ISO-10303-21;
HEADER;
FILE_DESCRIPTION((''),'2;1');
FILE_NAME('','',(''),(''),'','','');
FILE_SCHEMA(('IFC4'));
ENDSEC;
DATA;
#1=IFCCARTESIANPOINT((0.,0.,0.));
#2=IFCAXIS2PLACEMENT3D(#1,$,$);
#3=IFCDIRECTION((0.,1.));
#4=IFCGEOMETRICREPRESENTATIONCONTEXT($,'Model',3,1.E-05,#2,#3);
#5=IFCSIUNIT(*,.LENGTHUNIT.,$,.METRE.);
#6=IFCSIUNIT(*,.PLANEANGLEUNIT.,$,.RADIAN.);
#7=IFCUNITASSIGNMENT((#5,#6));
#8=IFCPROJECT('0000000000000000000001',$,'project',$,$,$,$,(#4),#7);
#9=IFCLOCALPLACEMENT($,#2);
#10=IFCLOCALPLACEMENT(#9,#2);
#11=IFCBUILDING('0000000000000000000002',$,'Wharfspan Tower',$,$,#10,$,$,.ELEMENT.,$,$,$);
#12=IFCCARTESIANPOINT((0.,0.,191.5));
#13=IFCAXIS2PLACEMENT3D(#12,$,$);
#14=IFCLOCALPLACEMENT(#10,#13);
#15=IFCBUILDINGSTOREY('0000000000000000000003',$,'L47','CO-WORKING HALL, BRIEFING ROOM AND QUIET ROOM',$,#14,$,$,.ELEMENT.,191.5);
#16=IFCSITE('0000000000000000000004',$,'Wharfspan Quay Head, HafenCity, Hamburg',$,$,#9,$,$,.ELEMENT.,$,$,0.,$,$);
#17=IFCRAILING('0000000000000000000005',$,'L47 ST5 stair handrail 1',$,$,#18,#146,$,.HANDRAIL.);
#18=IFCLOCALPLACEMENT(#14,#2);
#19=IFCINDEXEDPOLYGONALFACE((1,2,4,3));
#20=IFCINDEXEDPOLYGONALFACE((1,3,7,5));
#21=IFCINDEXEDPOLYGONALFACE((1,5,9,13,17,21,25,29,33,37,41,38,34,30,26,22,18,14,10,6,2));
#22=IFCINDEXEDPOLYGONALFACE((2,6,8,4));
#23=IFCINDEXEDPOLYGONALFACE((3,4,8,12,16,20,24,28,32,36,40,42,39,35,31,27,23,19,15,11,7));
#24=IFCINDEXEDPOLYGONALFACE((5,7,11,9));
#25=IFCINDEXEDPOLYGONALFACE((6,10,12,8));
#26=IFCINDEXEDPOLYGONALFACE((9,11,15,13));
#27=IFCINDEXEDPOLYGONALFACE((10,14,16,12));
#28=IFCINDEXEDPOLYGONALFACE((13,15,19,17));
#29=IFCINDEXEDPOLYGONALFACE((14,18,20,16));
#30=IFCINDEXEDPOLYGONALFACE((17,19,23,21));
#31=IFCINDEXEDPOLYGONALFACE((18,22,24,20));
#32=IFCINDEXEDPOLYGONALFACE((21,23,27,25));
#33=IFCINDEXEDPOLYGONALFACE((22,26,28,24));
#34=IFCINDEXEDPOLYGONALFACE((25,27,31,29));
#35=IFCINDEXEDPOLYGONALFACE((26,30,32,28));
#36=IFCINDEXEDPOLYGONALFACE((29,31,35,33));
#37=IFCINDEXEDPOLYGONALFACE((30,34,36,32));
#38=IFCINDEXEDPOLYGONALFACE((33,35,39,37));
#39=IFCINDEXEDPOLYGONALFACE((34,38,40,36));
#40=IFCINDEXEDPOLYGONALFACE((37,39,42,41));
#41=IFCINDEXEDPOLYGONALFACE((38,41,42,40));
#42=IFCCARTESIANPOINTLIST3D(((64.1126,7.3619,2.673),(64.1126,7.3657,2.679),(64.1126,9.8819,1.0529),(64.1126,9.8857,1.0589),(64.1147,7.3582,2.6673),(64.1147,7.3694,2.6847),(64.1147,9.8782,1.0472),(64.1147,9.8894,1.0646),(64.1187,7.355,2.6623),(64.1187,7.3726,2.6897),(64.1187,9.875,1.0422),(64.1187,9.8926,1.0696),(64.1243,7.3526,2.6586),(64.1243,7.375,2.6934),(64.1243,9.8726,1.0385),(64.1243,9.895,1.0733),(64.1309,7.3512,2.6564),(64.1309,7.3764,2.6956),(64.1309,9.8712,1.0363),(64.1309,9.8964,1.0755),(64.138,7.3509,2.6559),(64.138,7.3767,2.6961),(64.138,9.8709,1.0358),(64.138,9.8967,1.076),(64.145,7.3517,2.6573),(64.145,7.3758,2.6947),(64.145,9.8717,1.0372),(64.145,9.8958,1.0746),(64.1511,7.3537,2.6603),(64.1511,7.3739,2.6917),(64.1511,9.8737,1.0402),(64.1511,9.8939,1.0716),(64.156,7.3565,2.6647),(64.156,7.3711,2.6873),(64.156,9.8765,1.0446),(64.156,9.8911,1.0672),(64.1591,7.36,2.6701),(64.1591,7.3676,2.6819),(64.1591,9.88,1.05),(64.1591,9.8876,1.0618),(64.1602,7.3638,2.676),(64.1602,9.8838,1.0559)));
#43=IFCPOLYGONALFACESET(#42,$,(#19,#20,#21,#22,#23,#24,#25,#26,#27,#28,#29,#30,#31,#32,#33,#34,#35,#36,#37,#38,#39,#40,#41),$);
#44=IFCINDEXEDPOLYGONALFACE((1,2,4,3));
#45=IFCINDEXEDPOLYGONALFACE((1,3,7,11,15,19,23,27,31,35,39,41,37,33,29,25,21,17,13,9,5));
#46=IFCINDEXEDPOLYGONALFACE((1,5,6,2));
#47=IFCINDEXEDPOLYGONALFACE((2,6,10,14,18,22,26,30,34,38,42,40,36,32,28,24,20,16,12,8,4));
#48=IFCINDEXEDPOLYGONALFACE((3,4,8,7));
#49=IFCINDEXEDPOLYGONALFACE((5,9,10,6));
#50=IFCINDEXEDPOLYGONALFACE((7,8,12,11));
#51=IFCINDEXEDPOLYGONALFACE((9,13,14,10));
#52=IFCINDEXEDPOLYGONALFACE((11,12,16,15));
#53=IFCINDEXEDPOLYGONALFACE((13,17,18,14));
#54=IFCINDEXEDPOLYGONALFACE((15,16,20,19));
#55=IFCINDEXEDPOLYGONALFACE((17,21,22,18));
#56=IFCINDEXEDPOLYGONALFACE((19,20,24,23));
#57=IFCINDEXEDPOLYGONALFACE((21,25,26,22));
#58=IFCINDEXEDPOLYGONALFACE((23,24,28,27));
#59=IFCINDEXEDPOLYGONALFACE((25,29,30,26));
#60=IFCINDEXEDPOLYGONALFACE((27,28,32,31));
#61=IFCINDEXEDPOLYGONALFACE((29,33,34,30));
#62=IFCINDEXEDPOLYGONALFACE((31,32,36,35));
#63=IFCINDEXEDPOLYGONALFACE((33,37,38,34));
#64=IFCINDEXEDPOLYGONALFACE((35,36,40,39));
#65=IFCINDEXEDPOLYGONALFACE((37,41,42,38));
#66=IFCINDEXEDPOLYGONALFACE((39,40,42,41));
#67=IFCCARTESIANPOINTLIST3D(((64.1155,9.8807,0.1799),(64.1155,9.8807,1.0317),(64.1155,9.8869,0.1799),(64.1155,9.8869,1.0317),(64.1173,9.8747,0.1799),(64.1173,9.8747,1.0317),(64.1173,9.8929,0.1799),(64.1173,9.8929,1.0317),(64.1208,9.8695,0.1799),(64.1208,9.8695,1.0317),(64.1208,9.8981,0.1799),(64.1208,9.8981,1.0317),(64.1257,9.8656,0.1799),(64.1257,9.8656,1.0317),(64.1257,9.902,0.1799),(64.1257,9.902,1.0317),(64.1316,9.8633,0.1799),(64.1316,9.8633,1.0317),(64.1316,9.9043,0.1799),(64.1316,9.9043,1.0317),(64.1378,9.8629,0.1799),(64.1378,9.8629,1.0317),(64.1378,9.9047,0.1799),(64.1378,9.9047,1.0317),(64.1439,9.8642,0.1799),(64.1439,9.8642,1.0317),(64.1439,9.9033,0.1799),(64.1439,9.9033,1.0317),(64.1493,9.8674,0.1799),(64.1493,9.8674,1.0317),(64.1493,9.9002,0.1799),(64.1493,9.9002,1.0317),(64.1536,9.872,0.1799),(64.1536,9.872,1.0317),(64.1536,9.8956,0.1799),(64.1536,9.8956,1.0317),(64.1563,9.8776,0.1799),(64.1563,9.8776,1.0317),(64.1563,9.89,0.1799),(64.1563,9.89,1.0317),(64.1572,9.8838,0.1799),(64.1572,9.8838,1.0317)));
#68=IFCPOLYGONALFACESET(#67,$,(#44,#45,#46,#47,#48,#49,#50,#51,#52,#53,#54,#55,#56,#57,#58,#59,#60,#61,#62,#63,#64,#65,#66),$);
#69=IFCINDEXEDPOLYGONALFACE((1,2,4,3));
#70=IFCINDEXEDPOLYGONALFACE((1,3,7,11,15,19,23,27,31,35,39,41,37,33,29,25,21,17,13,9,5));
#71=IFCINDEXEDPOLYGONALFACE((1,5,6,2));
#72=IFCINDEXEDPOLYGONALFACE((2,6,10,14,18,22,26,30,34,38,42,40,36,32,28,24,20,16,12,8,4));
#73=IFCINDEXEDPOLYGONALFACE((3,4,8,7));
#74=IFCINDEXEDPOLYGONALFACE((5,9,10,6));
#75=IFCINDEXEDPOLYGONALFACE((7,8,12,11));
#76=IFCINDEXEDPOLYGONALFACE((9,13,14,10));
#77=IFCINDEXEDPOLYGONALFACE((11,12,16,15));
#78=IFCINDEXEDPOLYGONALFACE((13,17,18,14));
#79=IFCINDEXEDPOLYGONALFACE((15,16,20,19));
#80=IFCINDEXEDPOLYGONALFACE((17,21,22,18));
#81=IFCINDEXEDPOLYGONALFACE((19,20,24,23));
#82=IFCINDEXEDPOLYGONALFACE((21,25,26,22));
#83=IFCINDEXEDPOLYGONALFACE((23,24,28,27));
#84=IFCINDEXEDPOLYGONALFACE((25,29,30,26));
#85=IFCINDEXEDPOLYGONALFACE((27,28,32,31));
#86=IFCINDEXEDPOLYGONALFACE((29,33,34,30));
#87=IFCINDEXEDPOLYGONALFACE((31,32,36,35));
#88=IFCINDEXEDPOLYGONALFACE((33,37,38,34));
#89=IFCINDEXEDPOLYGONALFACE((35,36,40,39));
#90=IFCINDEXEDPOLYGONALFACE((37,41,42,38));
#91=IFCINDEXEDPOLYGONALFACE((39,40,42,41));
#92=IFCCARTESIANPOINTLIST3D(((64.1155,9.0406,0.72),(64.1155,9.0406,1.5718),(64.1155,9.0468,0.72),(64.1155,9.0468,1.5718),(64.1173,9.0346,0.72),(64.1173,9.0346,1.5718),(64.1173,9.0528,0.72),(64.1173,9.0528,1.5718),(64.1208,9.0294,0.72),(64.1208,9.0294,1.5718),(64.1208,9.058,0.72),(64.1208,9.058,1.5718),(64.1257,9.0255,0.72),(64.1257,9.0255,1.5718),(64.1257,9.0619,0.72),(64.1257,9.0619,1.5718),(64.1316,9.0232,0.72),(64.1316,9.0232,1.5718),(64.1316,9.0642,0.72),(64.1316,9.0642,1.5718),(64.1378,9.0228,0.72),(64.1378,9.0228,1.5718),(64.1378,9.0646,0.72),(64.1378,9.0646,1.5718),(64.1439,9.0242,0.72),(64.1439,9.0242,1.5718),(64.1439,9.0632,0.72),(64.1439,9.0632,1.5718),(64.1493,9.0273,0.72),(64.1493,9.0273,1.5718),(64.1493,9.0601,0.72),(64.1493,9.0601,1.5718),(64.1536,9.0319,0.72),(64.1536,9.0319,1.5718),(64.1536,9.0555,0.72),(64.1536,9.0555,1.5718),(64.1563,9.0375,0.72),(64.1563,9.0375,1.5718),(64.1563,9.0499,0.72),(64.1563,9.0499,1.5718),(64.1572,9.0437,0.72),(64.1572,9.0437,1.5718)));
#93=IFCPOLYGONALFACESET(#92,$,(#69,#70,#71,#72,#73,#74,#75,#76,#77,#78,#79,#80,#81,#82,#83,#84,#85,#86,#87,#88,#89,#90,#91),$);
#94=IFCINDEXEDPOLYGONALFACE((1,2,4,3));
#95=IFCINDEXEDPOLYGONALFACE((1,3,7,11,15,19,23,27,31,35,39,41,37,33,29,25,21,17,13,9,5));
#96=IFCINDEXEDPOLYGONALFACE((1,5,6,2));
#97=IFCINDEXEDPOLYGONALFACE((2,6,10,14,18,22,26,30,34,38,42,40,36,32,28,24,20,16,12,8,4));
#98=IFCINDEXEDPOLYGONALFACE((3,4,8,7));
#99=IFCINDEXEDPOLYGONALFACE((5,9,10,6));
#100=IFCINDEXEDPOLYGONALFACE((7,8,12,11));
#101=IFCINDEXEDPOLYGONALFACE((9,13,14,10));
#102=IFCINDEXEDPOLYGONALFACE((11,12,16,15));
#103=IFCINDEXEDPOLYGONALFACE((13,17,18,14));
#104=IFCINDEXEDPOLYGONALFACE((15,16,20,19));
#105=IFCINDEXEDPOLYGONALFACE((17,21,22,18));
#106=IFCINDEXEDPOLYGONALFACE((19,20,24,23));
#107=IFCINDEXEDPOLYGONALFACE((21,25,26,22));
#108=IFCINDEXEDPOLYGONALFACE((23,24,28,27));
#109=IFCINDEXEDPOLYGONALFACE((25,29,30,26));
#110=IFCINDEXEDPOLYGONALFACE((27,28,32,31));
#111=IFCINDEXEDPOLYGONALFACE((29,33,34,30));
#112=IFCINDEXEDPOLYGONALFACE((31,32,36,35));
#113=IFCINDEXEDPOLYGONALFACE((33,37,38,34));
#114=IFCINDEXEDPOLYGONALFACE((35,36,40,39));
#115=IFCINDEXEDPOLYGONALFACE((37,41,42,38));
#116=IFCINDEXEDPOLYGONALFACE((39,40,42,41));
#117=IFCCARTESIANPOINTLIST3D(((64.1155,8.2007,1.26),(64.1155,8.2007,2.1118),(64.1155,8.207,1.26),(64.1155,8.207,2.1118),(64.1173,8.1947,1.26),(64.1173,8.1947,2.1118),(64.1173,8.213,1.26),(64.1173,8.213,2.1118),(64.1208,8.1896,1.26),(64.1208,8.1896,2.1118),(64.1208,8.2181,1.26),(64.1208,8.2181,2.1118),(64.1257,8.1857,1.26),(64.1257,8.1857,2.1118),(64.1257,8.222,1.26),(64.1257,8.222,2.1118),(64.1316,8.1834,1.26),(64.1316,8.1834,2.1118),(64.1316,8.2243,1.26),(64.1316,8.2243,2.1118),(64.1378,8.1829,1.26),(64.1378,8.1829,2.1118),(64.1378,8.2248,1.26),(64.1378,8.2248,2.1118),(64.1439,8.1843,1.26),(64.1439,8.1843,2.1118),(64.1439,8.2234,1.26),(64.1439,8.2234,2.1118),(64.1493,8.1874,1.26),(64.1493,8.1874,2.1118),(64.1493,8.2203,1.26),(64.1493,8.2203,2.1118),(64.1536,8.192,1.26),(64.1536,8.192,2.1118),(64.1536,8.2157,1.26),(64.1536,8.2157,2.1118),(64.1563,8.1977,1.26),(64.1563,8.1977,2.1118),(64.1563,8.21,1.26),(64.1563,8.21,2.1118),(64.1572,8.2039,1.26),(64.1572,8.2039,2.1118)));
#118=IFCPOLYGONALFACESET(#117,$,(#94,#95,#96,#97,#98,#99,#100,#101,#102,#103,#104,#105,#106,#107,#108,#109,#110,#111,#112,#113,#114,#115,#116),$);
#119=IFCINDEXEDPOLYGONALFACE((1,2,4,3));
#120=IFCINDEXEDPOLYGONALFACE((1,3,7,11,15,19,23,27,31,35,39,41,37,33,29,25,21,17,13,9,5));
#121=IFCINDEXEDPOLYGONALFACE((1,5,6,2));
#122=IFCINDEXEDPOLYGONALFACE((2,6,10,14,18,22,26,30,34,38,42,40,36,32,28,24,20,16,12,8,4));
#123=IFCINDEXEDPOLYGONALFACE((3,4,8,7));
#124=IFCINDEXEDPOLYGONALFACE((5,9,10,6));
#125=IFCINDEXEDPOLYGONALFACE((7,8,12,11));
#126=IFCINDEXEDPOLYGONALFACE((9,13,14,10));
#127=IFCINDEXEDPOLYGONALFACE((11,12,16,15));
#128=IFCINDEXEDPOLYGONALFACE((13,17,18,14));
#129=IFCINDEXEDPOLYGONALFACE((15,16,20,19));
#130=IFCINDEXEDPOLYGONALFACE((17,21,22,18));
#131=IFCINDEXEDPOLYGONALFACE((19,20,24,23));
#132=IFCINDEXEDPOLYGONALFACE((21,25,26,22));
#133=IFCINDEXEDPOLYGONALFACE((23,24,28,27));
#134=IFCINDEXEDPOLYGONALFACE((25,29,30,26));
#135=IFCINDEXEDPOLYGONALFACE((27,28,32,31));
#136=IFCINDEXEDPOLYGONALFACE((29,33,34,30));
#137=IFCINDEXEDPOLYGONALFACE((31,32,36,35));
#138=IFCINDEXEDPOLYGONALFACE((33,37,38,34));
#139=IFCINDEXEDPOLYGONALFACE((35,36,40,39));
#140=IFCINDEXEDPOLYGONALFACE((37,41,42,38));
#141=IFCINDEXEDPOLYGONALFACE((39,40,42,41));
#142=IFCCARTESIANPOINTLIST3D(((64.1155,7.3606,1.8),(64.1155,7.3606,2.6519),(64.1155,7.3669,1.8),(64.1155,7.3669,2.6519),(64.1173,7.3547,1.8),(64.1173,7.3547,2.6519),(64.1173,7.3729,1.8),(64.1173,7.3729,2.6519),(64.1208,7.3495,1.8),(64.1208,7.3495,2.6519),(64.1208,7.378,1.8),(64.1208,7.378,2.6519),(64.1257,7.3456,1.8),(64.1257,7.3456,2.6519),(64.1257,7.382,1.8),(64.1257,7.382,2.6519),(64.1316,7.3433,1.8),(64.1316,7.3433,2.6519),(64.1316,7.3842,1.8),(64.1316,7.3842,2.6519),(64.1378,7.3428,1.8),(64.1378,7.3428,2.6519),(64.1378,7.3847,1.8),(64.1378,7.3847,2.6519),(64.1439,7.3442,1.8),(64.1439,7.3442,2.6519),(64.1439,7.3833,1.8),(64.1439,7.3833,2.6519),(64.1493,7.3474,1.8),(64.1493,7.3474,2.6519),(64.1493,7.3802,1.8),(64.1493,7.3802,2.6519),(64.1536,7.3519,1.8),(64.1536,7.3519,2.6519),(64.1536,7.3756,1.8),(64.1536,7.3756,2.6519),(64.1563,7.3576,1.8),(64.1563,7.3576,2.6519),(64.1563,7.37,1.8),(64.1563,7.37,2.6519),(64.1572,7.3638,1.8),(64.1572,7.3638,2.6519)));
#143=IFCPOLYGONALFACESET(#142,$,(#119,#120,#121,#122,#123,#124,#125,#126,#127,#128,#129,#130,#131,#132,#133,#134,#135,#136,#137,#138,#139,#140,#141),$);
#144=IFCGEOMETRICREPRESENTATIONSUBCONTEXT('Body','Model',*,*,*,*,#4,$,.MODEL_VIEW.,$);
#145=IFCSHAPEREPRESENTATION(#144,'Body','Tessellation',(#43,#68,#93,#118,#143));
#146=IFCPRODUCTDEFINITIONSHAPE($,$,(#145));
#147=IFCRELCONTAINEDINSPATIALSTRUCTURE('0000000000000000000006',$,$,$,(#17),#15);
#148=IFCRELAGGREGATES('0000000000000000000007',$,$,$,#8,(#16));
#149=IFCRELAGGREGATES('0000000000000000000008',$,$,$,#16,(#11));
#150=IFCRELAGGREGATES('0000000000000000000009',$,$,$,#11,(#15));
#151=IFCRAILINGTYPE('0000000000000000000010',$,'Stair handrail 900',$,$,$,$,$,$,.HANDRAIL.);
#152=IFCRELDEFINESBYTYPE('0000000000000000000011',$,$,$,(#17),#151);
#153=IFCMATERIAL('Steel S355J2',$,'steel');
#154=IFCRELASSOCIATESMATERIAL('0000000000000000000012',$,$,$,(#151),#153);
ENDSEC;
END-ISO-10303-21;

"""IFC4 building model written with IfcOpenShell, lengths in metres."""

from ifc_helpers import new_model, si_unit, direction, frame, origin, origin_2d, place, context, subcontext, project, spatial, circle, extrude, material, type_object, element, save


model = new_model("IFC4")

# Units and contexts
model_context = context("Model", 3, precision=1e-05, world=origin(), true_north=direction((0.0, 1.0)))
body_context = subcontext(model_context, "Body", "Model", "MODEL_VIEW")
ifc_project = project(units=[si_unit("LENGTHUNIT", "METRE"), si_unit("PLANEANGLEUNIT", "RADIAN")], contexts=[model_context])

# Site, building, storey
site_placement = place(None, origin())
site = spatial("IfcSite", under=ifc_project, at=site_placement, Name="Wharfspan Quay Head, HafenCity, Hamburg", CompositionType="ELEMENT", RefElevation=0.0)
building_placement = place(site_placement, origin())
building = spatial("IfcBuilding", under=site, at=building_placement, Name="Wharfspan Tower", CompositionType="ELEMENT")
storey_placement = place(building_placement, frame((0.0, 0.0, 191.5)))
storey = spatial("IfcBuildingStorey", under=building, at=storey_placement, Name="L47", Description="CO-WORKING HALL, BRIEFING ROOM AND QUIET ROOM", CompositionType="ELEMENT", Elevation=191.5)

# Shared definitions
ifc_material_1 = material(Name="Steel S355J2", Category="steel")

# Railing
railing_type_1 = type_object("IfcRailingType", Name="Stair handrail 900", PredefinedType="HANDRAIL", material=ifc_material_1)
railing_1_placement = place(storey_placement, frame((64.1362, 9.8838, 0.1799)))
element("IfcRailing", 1, at=railing_1_placement, inside=storey, type_object=railing_type_1, Name="L47 ST5 stair handrail 1", PredefinedType="HANDRAIL", context=body_context, shape_type="SweptSolid", body=[
    extrude(circle(Radius=0.0239, at=origin_2d()), frame((0.0, 0.0, 0.876), z_axis=(0.0, -0.841163, 0.540782), x_axis=(1.0, 0.0, 0.0)), (0.0, 0.0, 1.0), 2.9958),
    extrude(circle(Radius=0.021, at=origin_2d()), origin(), (0.0, 0.0, 1.0), 0.8518),
    extrude(circle(Radius=0.021, at=origin_2d()), frame((0.0, -0.8401, 0.54)), (0.0, 0.0, 1.0), 0.8518),
    extrude(circle(Radius=0.021, at=origin_2d()), frame((0.0, -1.6799, 1.0801)), (0.0, 0.0, 1.0), 0.8518),
    extrude(circle(Radius=0.021, at=origin_2d()), frame((0.0, -2.52, 1.6201)), (0.0, 0.0, 1.0), 0.8518),
])

save(model, "model.ifc")
